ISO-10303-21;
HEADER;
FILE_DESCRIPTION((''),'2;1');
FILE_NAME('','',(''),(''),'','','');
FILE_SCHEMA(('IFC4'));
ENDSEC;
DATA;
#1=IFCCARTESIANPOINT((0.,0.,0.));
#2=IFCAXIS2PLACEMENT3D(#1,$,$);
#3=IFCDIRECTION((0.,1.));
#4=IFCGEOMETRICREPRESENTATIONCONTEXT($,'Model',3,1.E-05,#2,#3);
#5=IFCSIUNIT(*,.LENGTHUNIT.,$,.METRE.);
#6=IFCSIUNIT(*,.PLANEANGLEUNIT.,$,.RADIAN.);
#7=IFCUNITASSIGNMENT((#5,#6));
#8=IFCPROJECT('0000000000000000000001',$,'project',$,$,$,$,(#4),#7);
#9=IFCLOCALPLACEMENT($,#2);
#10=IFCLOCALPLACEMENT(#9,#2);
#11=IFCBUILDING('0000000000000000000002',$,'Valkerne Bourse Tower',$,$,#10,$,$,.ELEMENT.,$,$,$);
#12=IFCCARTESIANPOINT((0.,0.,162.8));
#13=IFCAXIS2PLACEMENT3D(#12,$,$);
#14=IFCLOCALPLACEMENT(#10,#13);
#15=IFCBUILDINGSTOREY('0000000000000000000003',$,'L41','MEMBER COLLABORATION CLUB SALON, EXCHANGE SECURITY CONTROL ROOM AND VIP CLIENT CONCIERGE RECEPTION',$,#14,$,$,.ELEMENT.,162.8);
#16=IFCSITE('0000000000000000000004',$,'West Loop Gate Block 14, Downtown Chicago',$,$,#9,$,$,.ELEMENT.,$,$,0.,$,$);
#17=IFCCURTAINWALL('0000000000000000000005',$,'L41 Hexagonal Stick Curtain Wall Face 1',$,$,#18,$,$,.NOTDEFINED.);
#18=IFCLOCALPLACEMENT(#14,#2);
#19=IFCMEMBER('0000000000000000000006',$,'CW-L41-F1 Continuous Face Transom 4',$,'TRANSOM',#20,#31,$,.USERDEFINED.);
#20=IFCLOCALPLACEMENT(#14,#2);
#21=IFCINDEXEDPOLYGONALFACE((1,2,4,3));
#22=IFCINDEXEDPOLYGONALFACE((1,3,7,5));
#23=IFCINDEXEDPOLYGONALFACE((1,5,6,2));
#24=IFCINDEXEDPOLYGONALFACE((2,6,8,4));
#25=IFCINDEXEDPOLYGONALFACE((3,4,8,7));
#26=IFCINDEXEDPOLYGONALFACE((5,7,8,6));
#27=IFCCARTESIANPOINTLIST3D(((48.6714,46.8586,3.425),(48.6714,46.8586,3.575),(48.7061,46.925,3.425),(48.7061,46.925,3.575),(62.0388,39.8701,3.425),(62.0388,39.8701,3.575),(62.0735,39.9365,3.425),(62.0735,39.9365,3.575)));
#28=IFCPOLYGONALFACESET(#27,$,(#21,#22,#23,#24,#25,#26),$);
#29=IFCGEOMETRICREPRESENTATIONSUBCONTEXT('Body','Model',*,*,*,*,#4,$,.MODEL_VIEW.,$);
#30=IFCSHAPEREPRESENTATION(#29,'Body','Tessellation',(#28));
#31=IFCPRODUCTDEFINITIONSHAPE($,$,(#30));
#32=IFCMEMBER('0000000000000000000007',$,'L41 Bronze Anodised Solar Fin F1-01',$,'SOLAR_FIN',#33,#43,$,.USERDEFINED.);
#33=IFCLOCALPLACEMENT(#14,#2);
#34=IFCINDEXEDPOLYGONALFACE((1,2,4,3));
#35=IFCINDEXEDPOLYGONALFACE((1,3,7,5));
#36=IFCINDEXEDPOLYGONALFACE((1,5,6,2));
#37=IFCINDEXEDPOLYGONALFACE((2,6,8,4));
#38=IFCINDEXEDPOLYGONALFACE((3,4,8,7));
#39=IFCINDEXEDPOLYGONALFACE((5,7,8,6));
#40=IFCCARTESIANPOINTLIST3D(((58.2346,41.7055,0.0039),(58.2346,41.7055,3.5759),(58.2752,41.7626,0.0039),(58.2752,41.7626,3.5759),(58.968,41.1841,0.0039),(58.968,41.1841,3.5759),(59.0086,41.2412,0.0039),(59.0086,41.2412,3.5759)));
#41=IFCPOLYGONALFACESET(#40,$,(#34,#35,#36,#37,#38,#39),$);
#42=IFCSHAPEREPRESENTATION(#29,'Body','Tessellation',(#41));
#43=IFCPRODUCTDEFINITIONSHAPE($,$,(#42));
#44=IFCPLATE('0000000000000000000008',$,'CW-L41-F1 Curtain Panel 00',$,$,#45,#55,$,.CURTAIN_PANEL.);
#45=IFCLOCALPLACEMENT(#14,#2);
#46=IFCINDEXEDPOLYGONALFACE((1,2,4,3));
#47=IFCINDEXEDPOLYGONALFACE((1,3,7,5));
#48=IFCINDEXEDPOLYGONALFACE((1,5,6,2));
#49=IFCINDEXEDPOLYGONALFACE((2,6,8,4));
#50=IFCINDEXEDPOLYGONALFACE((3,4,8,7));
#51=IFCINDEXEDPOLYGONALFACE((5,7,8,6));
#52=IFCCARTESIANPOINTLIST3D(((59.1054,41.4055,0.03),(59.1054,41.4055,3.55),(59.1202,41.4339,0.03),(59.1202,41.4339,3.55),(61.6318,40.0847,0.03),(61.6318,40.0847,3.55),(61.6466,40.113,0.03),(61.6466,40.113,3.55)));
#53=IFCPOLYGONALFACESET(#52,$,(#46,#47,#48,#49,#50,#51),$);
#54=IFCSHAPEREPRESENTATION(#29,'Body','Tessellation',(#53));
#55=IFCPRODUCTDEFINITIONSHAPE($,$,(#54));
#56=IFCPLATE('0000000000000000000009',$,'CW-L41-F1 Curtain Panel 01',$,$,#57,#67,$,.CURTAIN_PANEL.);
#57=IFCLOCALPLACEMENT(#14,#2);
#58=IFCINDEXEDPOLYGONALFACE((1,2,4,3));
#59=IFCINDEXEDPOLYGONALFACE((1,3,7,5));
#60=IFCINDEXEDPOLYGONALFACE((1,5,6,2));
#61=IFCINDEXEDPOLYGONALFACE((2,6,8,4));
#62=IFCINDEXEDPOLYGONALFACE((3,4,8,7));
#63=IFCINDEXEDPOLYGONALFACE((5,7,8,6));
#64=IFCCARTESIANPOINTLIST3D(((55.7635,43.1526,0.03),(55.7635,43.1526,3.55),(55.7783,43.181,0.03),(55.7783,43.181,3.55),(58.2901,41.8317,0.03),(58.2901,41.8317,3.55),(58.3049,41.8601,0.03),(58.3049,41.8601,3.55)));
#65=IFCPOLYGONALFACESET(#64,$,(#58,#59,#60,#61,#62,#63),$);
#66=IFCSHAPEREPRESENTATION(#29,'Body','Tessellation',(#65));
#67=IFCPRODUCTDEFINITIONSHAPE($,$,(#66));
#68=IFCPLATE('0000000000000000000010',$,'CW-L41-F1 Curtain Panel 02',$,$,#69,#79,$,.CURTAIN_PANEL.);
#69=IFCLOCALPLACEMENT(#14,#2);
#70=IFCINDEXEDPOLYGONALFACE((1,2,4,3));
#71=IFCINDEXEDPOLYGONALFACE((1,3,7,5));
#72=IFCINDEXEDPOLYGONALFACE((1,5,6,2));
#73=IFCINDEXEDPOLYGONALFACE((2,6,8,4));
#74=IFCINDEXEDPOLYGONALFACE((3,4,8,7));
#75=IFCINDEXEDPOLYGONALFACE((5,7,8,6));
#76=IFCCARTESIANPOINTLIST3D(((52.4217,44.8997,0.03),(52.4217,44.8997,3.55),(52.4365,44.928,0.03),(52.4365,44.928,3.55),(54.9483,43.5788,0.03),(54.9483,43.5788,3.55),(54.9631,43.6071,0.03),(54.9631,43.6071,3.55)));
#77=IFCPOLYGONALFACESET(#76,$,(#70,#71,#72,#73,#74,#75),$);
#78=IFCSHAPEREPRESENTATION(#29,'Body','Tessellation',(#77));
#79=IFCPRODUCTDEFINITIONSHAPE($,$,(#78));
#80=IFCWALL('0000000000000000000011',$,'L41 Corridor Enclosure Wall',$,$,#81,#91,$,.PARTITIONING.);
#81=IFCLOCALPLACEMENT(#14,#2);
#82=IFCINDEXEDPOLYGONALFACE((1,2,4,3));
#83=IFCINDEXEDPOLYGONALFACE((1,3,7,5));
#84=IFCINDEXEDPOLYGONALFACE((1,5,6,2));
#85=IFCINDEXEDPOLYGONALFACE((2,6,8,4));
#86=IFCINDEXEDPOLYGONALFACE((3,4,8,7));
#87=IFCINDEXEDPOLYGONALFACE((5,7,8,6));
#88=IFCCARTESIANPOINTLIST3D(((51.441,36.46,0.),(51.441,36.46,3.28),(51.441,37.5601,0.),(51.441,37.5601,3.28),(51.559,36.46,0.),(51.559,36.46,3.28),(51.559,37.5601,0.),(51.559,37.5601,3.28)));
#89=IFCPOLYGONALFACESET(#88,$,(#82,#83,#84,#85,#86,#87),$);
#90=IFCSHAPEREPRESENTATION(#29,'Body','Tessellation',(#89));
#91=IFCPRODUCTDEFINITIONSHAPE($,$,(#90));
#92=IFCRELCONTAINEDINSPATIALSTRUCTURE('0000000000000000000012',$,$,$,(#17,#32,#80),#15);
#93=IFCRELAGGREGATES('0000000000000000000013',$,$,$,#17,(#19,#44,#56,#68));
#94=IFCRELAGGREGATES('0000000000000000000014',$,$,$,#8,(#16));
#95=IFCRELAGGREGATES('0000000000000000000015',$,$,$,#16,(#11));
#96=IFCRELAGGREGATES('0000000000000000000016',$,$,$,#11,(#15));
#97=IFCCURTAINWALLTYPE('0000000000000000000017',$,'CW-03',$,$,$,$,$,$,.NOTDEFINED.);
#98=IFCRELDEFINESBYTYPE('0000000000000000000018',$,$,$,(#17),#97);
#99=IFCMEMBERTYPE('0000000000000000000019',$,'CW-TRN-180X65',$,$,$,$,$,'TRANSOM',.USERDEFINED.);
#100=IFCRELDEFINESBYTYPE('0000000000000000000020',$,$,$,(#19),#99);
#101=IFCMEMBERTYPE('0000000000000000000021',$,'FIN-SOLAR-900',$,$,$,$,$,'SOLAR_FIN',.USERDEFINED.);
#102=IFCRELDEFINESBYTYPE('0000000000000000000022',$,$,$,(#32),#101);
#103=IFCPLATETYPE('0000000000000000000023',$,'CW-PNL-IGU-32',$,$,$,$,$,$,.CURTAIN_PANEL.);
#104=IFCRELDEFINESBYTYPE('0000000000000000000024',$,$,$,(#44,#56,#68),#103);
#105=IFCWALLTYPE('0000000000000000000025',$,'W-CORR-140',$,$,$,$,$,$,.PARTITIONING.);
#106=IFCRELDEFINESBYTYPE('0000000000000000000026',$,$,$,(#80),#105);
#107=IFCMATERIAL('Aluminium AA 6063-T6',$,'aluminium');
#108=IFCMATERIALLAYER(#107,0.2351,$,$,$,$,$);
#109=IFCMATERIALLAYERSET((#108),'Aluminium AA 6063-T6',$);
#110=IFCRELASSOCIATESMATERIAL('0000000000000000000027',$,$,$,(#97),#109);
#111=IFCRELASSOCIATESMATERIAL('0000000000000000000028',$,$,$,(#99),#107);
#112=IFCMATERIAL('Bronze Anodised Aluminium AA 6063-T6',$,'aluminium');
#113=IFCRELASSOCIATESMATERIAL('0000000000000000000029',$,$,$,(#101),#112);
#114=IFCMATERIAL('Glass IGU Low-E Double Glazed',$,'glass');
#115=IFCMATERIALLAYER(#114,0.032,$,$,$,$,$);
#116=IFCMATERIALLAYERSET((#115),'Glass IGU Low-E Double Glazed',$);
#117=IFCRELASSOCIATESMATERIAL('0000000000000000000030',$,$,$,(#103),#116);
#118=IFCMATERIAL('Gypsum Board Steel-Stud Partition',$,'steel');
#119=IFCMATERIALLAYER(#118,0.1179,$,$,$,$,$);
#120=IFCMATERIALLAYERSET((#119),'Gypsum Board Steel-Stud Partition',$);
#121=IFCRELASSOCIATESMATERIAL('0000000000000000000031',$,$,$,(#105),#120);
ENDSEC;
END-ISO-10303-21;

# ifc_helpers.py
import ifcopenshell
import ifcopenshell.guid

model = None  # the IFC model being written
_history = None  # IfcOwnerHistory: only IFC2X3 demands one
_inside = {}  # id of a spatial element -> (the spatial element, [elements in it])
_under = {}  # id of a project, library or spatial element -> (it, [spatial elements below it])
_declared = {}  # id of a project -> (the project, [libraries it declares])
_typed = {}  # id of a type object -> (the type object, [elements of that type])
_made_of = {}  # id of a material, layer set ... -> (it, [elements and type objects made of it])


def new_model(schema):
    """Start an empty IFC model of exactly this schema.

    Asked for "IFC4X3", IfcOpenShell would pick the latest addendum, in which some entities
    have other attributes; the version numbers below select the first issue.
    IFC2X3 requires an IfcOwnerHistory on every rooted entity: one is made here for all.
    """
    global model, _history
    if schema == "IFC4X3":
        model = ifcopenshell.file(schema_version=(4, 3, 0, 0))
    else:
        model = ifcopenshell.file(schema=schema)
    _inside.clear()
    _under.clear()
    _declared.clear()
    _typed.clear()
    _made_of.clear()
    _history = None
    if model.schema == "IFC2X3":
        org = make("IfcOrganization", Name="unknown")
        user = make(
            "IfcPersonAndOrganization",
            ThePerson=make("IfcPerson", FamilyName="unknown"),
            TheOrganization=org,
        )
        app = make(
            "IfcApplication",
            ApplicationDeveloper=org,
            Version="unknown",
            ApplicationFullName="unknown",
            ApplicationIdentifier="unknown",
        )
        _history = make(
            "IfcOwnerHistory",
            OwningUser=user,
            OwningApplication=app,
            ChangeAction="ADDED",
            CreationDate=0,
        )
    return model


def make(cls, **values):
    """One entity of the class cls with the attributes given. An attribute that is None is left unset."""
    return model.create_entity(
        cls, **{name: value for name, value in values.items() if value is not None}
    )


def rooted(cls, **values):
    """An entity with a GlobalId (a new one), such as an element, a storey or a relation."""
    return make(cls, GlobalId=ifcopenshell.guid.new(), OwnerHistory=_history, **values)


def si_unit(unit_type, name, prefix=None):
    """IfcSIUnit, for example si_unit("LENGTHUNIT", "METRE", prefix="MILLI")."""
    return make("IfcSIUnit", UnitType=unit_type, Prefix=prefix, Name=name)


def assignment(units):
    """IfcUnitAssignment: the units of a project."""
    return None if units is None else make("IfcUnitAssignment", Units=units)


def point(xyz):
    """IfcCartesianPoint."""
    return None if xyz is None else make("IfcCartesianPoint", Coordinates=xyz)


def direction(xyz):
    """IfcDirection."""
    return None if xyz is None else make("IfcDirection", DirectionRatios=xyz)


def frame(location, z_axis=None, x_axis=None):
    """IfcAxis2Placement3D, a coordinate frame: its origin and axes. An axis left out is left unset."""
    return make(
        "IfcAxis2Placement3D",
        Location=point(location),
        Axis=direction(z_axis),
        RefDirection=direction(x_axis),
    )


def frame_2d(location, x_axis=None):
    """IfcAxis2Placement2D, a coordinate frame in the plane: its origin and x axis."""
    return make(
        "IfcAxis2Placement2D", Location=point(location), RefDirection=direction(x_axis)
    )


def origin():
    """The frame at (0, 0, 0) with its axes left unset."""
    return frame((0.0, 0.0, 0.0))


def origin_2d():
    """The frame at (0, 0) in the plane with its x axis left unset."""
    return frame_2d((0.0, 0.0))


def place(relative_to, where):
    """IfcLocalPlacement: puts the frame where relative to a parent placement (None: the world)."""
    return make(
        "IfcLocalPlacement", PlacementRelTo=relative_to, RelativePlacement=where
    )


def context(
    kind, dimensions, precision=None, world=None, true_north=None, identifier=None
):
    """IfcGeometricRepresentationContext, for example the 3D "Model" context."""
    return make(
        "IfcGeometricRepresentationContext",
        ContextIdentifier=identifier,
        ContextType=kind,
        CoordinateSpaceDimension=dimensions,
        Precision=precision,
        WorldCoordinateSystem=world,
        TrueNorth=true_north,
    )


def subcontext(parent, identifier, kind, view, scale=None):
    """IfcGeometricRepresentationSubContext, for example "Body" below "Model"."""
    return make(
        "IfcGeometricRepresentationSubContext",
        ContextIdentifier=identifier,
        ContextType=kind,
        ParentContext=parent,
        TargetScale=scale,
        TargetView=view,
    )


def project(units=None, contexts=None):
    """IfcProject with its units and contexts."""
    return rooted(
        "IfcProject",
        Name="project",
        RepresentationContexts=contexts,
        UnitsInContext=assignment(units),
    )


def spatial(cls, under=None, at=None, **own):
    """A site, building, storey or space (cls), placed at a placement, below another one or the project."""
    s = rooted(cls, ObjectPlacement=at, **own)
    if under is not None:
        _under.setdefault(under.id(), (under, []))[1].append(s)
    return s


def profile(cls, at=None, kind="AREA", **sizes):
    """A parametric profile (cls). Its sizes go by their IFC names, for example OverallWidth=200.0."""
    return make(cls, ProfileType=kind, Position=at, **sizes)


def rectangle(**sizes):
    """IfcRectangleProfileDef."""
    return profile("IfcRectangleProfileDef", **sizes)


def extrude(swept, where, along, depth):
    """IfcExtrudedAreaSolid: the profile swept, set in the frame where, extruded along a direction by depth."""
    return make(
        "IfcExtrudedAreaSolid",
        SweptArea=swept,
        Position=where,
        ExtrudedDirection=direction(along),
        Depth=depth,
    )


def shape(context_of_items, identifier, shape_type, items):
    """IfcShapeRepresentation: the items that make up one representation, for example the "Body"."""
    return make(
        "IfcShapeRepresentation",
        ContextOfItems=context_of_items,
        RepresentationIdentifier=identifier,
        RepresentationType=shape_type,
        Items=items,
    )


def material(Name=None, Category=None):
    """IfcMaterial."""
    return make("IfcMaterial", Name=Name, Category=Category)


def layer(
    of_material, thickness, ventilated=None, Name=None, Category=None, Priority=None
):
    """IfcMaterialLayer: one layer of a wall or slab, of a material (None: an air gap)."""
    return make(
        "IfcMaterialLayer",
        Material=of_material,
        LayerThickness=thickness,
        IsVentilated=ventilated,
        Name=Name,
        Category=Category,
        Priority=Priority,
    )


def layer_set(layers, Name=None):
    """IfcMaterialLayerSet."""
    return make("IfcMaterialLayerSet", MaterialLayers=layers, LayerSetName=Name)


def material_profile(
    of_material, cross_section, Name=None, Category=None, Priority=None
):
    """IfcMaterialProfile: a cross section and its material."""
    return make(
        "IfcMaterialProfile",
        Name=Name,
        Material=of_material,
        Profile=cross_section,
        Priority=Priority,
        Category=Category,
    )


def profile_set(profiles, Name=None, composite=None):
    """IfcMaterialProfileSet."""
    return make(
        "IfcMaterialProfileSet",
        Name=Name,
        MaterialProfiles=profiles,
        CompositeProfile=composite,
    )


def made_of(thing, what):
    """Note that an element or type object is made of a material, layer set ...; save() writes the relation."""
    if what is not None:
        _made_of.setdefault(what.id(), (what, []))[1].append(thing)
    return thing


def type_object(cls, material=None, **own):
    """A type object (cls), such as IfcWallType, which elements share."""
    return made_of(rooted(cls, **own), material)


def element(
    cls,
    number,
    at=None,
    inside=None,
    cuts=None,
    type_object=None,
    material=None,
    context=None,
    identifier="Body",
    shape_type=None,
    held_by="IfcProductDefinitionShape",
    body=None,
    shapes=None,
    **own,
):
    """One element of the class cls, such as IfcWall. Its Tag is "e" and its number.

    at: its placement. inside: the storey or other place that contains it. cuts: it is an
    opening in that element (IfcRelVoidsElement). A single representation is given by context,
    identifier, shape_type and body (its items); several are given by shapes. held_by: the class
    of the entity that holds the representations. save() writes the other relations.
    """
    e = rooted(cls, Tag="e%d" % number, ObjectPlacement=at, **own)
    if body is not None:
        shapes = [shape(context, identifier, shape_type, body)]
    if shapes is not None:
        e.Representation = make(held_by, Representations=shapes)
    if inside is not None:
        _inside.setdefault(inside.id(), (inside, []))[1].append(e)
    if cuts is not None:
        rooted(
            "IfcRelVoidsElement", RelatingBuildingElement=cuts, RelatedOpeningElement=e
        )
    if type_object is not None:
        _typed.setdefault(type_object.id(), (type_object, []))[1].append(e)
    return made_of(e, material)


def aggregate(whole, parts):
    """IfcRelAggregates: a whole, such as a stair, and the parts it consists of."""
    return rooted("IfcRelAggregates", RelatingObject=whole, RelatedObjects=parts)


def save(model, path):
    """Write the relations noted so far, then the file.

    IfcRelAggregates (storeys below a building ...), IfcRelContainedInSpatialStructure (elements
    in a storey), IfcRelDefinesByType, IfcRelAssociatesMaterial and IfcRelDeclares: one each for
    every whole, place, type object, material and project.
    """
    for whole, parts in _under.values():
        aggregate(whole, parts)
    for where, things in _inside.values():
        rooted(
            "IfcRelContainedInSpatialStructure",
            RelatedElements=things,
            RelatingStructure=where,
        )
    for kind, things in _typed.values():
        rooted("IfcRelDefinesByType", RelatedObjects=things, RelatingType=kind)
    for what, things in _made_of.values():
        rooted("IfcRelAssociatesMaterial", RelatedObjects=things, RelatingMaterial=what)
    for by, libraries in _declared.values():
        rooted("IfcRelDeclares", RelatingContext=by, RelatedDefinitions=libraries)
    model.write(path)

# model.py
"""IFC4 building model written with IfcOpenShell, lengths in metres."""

from ifc_helpers import new_model, si_unit, direction, frame, frame_2d, origin, origin_2d, place, context, subcontext, project, spatial, rectangle, extrude, material, layer, layer_set, material_profile, profile_set, type_object, element, aggregate, save


model = new_model("IFC4")

# Units and contexts
model_context = context("Model", 3, precision=1e-05, world=origin(), true_north=direction((0.0, 1.0)))
body_context = subcontext(model_context, "Body", "Model", "MODEL_VIEW")
ifc_project = project(units=[si_unit("LENGTHUNIT", "METRE"), si_unit("PLANEANGLEUNIT", "RADIAN")], contexts=[model_context])

# Site, building, storey
site_placement = place(None, origin())
site = spatial("IfcSite", under=ifc_project, at=site_placement, Name="West Loop Gate Block 14, Downtown Chicago", CompositionType="ELEMENT", RefElevation=0.0)
building_placement = place(site_placement, origin())
building = spatial("IfcBuilding", under=site, at=building_placement, Name="Valkerne Bourse Tower", CompositionType="ELEMENT")
storey_placement = place(building_placement, frame((0.0, 0.0, 162.8)))
storey = spatial("IfcBuildingStorey", under=building, at=storey_placement, Name="L41", Description="MEMBER COLLABORATION CLUB SALON, EXCHANGE SECURITY CONTROL ROOM AND VIP CLIENT CONCIERGE RECEPTION", CompositionType="ELEMENT", Elevation=162.8)

# Curtain wall, member
ifc_material_1 = material(Name="Aluminium AA 6063-T6", Category="aluminium")
ifc_layer_1 = layer(ifc_material_1, 0.2351)
ifc_layer_set_1 = layer_set([ifc_layer_1], Name="Aluminium AA 6063-T6")
curtain_wall_type = type_object("IfcCurtainWallType", Name="CW-03", PredefinedType="NOTDEFINED", material=ifc_layer_set_1)
curtain_wall_placement = place(storey_placement, origin())
curtain_wall = element("IfcCurtainWall", 1, at=curtain_wall_placement, inside=storey, type_object=curtain_wall_type, Name="L41 Hexagonal Stick Curtain Wall Face 1", PredefinedType="NOTDEFINED")
ifc_material_profile_1 = material_profile(ifc_material_1, rectangle(XDim=0.075, YDim=0.1499, at=origin_2d()), Name="CWT-75X150")
ifc_profile_set_1 = profile_set([ifc_material_profile_1], Name="Aluminium AA 6063-T6")
member_type_1 = type_object("IfcMemberType", Name="CW-TRN-180X65", ElementType="TRANSOM", PredefinedType="USERDEFINED", material=ifc_profile_set_1)
member_1_placement = place(storey_placement, frame((62.0562, 39.9033, 3.5), z_axis=(-0.886198, 0.463307, 0.0), x_axis=(-0.463307, -0.886198, 0.0)))
member_1 = element("IfcMember", 2, at=member_1_placement, type_object=member_type_1, Name="CW-L41-F1 Continuous Face Transom 4", ObjectType="TRANSOM", PredefinedType="USERDEFINED", context=body_context, shape_type="SweptSolid", body=[
    extrude(rectangle(XDim=0.075, YDim=0.1499, at=origin_2d()), origin(), (0.0, 0.0, 1.0), 15.084),
])

# Member
ifc_material_2 = material(Name="Bronze Anodised Aluminium AA 6063-T6", Category="aluminium")
ifc_material_profile_2 = material_profile(ifc_material_2, rectangle(XDim=0.0701, YDim=0.8999, at=origin_2d()), Name="FIN-70X900")
ifc_profile_set_2 = profile_set([ifc_material_profile_2], Name="Bronze Anodised Aluminium AA 6063-T6")
member_type_2 = type_object("IfcMemberType", Name="FIN-SOLAR-900", ElementType="SOLAR_FIN", PredefinedType="USERDEFINED", material=ifc_profile_set_2)
member_2_placement = place(storey_placement, frame((58.6216, 41.4734, 0.0039), z_axis=(0.0, 0.0, 1.0), x_axis=(0.579401, 0.815043, 0.0)))
element("IfcMember", 3, at=member_2_placement, inside=storey, type_object=member_type_2, Name="L41 Bronze Anodised Solar Fin F1-01", ObjectType="SOLAR_FIN", PredefinedType="USERDEFINED", context=body_context, shape_type="SweptSolid", body=[
    extrude(rectangle(XDim=0.0701, YDim=0.8999, at=origin_2d()), origin(), (0.0, 0.0, 1.0), 3.572),
])

# Plates
ifc_material_3 = material(Name="Glass IGU Low-E Double Glazed", Category="glass")
ifc_layer_2 = layer(ifc_material_3, 0.032)
ifc_layer_set_2 = layer_set([ifc_layer_2], Name="Glass IGU Low-E Double Glazed")
plate_type = type_object("IfcPlateType", Name="CW-PNL-IGU-32", PredefinedType="CURTAIN_PANEL", material=ifc_layer_set_2)
plate_1_placement = place(storey_placement, frame((60.376, 40.7593, 0.03), z_axis=(0.0, 0.0, 1.0), x_axis=(-0.886198, 0.463306, 0.0)))
plate_1 = element("IfcPlate", 4, at=plate_1_placement, type_object=plate_type, Name="CW-L41-F1 Curtain Panel 00", PredefinedType="CURTAIN_PANEL", context=body_context, shape_type="SweptSolid", body=[
    extrude(rectangle(XDim=2.8508, YDim=0.032, at=origin_2d()), origin(), (0.0, 0.0, 1.0), 3.52),
])
plate_2_placement = place(storey_placement, frame((57.0342, 42.5063, 0.03), z_axis=(0.0, 0.0, 1.0), x_axis=(-0.886204, 0.463295, 0.0)))
plate_2 = element("IfcPlate", 5, at=plate_2_placement, type_object=plate_type, Name="CW-L41-F1 Curtain Panel 01", PredefinedType="CURTAIN_PANEL", context=body_context, shape_type="SweptSolid", body=[
    extrude(rectangle(XDim=2.8511, YDim=0.032, at=origin_2d()), origin(), (0.0, 0.0, 1.0), 3.52),
])
plate_3_placement = place(storey_placement, frame((53.6924, 44.2534, 0.03), z_axis=(0.0, 0.0, 1.0), x_axis=(-0.886204, 0.463295, 0.0)))
plate_3 = element("IfcPlate", 6, at=plate_3_placement, type_object=plate_type, Name="CW-L41-F1 Curtain Panel 02", PredefinedType="CURTAIN_PANEL", context=body_context, shape_type="SweptSolid", body=[
    extrude(rectangle(XDim=2.8511, YDim=0.032, at=origin_2d()), origin(), (0.0, 0.0, 1.0), 3.52),
])
aggregate(curtain_wall, [member_1, plate_1, plate_2, plate_3])

# Wall
ifc_material_4 = material(Name="Gypsum Board Steel-Stud Partition", Category="steel")
ifc_layer_3 = layer(ifc_material_4, 0.1179)
ifc_layer_set_3 = layer_set([ifc_layer_3], Name="Gypsum Board Steel-Stud Partition")
wall_type = type_object("IfcWallType", Name="W-CORR-140", PredefinedType="PARTITIONING", material=ifc_layer_set_3)
wall_placement = place(storey_placement, frame((51.5, 37.5601, 0.0), z_axis=(0.0, 0.0, 1.0), x_axis=(0.0, -1.0, 0.0)))
element("IfcWall", 7, at=wall_placement, inside=storey, type_object=wall_type, Name="L41 Corridor Enclosure Wall", PredefinedType="PARTITIONING", context=body_context, shape_type="SweptSolid", body=[
    extrude(rectangle(XDim=1.1001, YDim=0.1179, at=frame_2d((0.55, 0.0))), origin(), (0.0, 0.0, 1.0), 3.28),
])

save(model, "model.ifc")
